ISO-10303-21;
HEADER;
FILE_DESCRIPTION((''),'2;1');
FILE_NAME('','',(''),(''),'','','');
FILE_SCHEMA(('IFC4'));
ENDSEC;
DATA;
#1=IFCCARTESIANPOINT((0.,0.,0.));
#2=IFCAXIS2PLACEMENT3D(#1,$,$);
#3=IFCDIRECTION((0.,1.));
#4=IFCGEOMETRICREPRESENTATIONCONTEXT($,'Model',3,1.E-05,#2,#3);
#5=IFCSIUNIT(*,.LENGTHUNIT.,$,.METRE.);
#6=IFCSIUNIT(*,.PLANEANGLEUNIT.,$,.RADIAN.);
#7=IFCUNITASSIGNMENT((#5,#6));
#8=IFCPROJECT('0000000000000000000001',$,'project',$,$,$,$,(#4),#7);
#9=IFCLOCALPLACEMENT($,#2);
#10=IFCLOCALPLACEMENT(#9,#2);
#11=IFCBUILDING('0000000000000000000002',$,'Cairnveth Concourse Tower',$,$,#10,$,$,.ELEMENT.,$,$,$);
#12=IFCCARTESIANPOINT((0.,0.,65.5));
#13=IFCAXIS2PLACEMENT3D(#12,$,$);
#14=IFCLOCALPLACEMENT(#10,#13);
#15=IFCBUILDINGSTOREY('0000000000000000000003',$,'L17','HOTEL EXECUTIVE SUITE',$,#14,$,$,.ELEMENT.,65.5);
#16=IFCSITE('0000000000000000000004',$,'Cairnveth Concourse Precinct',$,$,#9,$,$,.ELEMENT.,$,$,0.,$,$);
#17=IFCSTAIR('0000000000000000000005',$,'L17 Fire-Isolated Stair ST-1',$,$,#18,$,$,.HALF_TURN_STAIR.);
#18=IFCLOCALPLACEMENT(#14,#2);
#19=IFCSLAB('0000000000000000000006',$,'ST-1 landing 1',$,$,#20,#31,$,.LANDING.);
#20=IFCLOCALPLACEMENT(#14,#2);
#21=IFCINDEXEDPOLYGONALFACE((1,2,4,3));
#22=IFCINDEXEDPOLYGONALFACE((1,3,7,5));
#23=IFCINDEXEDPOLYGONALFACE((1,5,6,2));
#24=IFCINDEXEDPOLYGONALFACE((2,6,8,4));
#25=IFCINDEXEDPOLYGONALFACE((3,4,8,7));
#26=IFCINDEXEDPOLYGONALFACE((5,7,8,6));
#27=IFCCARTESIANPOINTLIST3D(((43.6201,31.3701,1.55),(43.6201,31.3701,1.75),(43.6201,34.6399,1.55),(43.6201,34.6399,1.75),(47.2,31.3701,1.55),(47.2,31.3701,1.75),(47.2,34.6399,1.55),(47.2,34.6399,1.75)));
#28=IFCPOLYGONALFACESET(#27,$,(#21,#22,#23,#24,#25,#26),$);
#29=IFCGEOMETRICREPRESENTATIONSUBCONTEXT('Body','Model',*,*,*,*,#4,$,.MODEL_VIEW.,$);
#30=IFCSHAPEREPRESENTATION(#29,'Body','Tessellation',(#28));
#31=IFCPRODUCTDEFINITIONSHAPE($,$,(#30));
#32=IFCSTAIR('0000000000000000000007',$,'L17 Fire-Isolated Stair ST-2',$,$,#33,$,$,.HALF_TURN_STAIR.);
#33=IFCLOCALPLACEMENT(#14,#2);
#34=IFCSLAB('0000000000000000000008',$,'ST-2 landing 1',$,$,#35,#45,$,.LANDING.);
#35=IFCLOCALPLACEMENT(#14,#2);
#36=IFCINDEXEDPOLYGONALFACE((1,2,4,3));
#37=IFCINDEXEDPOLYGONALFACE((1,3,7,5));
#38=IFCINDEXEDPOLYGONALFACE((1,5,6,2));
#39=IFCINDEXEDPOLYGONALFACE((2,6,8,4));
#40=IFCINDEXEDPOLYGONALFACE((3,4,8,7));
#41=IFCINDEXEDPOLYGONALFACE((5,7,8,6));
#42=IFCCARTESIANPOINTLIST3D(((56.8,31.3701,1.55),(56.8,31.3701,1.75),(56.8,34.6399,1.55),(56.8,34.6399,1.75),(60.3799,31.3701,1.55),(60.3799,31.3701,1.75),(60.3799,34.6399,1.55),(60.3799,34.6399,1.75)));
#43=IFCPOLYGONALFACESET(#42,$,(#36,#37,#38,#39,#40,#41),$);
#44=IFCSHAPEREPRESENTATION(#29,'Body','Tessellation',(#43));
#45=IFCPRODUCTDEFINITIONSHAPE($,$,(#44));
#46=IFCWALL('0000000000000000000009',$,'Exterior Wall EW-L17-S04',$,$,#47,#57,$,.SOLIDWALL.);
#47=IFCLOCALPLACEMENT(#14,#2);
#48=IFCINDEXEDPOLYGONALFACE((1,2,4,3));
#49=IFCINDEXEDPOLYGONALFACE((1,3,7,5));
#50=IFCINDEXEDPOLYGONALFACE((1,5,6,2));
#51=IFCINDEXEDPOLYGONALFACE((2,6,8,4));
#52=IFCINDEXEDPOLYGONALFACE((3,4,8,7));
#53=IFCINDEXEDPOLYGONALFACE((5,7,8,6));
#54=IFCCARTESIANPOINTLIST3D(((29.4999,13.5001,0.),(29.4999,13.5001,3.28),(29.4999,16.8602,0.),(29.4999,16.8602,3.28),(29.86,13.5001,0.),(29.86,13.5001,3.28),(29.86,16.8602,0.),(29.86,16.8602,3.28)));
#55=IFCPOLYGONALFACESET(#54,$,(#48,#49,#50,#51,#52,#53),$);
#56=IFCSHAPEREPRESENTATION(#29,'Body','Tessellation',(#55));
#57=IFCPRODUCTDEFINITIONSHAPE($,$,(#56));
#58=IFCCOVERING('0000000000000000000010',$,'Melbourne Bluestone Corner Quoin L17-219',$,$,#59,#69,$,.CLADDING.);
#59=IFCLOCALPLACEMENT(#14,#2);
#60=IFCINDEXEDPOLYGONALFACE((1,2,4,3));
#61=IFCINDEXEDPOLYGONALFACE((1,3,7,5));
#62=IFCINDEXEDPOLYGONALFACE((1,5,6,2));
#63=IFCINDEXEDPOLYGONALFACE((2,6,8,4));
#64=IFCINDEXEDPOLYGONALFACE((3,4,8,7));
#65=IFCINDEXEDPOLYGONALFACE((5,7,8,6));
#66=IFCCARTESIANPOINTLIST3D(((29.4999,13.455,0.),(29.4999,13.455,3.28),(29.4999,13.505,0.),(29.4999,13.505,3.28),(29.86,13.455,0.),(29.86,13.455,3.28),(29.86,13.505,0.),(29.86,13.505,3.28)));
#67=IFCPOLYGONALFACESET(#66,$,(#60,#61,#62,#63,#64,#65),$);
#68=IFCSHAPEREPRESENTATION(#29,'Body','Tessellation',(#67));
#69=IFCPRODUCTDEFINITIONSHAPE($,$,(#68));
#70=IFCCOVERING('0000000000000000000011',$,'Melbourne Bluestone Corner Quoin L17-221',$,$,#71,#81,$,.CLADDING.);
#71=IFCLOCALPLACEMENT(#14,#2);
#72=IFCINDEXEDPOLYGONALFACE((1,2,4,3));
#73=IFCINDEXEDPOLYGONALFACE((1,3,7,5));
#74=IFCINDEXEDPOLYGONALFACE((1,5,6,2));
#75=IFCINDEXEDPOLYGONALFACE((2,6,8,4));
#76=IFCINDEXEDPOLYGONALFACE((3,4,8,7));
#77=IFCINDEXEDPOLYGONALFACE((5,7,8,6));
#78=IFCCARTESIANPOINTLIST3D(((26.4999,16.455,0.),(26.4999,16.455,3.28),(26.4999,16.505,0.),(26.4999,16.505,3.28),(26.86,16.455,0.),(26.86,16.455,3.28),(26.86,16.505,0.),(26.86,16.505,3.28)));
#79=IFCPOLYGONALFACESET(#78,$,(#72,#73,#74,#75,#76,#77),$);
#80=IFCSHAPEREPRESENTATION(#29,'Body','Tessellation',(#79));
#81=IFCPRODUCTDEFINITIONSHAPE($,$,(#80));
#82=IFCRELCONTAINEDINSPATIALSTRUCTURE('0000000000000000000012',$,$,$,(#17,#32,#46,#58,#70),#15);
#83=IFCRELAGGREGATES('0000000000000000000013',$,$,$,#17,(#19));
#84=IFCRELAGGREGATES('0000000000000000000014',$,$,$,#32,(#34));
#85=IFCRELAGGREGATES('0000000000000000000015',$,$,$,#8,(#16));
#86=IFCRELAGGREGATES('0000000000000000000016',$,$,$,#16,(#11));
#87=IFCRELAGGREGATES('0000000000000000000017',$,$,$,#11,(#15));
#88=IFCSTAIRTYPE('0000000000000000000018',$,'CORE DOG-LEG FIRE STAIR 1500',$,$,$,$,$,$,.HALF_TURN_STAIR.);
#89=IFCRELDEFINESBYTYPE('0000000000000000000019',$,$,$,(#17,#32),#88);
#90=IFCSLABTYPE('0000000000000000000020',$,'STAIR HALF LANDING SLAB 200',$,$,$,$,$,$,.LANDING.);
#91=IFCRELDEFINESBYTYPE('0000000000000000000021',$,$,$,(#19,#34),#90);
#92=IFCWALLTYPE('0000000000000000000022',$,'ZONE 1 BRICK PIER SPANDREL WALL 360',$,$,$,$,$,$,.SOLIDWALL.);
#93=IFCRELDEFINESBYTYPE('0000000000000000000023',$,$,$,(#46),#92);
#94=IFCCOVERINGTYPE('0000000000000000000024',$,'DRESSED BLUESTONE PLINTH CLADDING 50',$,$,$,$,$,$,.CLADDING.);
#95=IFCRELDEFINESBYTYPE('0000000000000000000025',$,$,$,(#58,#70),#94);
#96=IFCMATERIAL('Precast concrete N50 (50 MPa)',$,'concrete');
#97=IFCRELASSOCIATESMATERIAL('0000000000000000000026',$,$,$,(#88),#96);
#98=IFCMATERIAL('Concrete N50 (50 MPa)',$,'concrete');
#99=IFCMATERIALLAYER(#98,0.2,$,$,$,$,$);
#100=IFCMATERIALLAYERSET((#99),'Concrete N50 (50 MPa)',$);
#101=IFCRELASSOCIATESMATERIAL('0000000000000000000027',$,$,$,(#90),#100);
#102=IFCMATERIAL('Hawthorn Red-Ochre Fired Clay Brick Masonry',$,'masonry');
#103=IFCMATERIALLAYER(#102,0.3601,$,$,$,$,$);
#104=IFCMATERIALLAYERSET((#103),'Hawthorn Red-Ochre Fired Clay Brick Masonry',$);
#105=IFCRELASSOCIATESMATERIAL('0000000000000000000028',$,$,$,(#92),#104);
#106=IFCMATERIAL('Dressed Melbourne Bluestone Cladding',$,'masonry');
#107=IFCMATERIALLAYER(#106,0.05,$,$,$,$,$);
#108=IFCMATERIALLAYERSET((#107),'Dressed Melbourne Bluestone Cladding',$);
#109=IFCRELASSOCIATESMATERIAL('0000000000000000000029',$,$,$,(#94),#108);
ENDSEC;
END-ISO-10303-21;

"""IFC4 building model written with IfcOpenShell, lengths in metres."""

from ifc_helpers import new_model, si_unit, direction, frame, frame_2d, origin, place, context, subcontext, project, spatial, polyline, rectangle, outline, extrude, material, layer, layer_set, type_object, element, aggregate, save


model = new_model("IFC4")

# Units and contexts
model_context = context("Model", 3, precision=1e-05, world=origin(), true_north=direction((0.0, 1.0)))
body_context = subcontext(model_context, "Body", "Model", "MODEL_VIEW")
ifc_project = project(units=[si_unit("LENGTHUNIT", "METRE"), si_unit("PLANEANGLEUNIT", "RADIAN")], contexts=[model_context])

# Site, building, storey
site_placement = place(None, origin())
site = spatial("IfcSite", under=ifc_project, at=site_placement, Name="Cairnveth Concourse Precinct", CompositionType="ELEMENT", RefElevation=0.0)
building_placement = place(site_placement, origin())
building = spatial("IfcBuilding", under=site, at=building_placement, Name="Cairnveth Concourse Tower", CompositionType="ELEMENT")
storey_placement = place(building_placement, frame((0.0, 0.0, 65.5)))
storey = spatial("IfcBuildingStorey", under=building, at=storey_placement, Name="L17", Description="HOTEL EXECUTIVE SUITE", CompositionType="ELEMENT", Elevation=65.5)

# Shared definitions
ifc_material_1 = material(Name="Concrete N50 (50 MPa)", Category="concrete")

# Stairs, slabs
ifc_material_2 = material(Name="Precast concrete N50 (50 MPa)", Category="concrete")
stair_type = type_object("IfcStairType", Name="CORE DOG-LEG FIRE STAIR 1500", PredefinedType="HALF_TURN_STAIR", material=ifc_material_2)
stair_1_placement = place(storey_placement, origin())
stair_1 = element("IfcStair", 1, at=stair_1_placement, inside=storey, type_object=stair_type, Name="L17 Fire-Isolated Stair ST-1", PredefinedType="HALF_TURN_STAIR")
ifc_layer_1 = layer(ifc_material_1, 0.2)
ifc_layer_set_1 = layer_set([ifc_layer_1], Name="Concrete N50 (50 MPa)")
slab_type_1 = type_object("IfcSlabType", Name="STAIR HALF LANDING SLAB 200", PredefinedType="LANDING", material=ifc_layer_set_1)
slab_1_placement = place(storey_placement, frame((0.0, 0.0, 1.55)))
slab_1 = element("IfcSlab", 2, at=slab_1_placement, type_object=slab_type_1, Name="ST-1 landing 1", PredefinedType="LANDING", context=body_context, shape_type="SweptSolid", body=[
    extrude(outline(polyline([(43.6201, 34.6399), (43.6201, 31.3701), (47.2, 31.3701), (47.2, 34.6399), (43.6201, 34.6399)])), origin(), (0.0, 0.0, 1.0), 0.2),
])
aggregate(stair_1, [slab_1])
stair_2_placement = place(storey_placement, origin())
stair_2 = element("IfcStair", 3, at=stair_2_placement, inside=storey, type_object=stair_type, Name="L17 Fire-Isolated Stair ST-2", PredefinedType="HALF_TURN_STAIR")
slab_2_placement = place(storey_placement, frame((0.0, 0.0, 1.55)))
slab_2 = element("IfcSlab", 4, at=slab_2_placement, type_object=slab_type_1, Name="ST-2 landing 1", PredefinedType="LANDING", context=body_context, shape_type="SweptSolid", body=[
    extrude(outline(polyline([(56.8, 34.6399), (56.8, 31.3701), (60.3799, 31.3701), (60.3799, 34.6399), (56.8, 34.6399)])), origin(), (0.0, 0.0, 1.0), 0.2),
])
aggregate(stair_2, [slab_2])

# Wall
ifc_material_3 = material(Name="Hawthorn Red-Ochre Fired Clay Brick Masonry", Category="masonry")
ifc_layer_2 = layer(ifc_material_3, 0.3601)
ifc_layer_set_2 = layer_set([ifc_layer_2], Name="Hawthorn Red-Ochre Fired Clay Brick Masonry")
wall_type = type_object("IfcWallType", Name="ZONE 1 BRICK PIER SPANDREL WALL 360", PredefinedType="SOLIDWALL", material=ifc_layer_set_2)
wall_1_placement = place(storey_placement, frame((29.6799, 13.5, 0.0), z_axis=(0.0, 0.0, 1.0), x_axis=(0.0, 1.0, 0.0)))
element("IfcWall", 5, at=wall_1_placement, inside=storey, type_object=wall_type, Name="Exterior Wall EW-L17-S04", PredefinedType="SOLIDWALL", context=body_context, shape_type="SweptSolid", body=[
    extrude(rectangle(XDim=3.3601, YDim=0.3601, at=frame_2d((1.6802, 0.0))), origin(), (0.0, 0.0, 1.0), 3.28),
])

# Coverings
ifc_material_4 = material(Name="Dressed Melbourne Bluestone Cladding", Category="masonry")
ifc_layer_3 = layer(ifc_material_4, 0.05)
ifc_layer_set_3 = layer_set([ifc_layer_3], Name="Dressed Melbourne Bluestone Cladding")
covering_type = type_object("IfcCoveringType", Name="DRESSED BLUESTONE PLINTH CLADDING 50", PredefinedType="CLADDING", material=ifc_layer_set_3)
for number, where, z_axis, x_axis, name in (
    (6, (29.8601, 13.48, 0.0), (0.0, 0.0, 1.0), (-1.0, 0.0, 0.0), "Melbourne Bluestone Corner Quoin L17-219"),
    (7, (26.8601, 16.48, 0.0), (0.0, 0.0, 1.0), (-1.0, 0.0, 0.0), "Melbourne Bluestone Corner Quoin L17-221"),
):
    element("IfcCovering", number, at=place(storey_placement, frame(where, z_axis=z_axis, x_axis=x_axis)), inside=storey, type_object=covering_type, Name=name, PredefinedType="CLADDING", context=body_context, shape_type="SweptSolid", body=[
        extrude(rectangle(XDim=0.3601, YDim=0.05, at=frame_2d((0.1802, 0.0))), origin(), (0.0, 0.0, 1.0), 3.28),
    ])

save(model, "model.ifc")
